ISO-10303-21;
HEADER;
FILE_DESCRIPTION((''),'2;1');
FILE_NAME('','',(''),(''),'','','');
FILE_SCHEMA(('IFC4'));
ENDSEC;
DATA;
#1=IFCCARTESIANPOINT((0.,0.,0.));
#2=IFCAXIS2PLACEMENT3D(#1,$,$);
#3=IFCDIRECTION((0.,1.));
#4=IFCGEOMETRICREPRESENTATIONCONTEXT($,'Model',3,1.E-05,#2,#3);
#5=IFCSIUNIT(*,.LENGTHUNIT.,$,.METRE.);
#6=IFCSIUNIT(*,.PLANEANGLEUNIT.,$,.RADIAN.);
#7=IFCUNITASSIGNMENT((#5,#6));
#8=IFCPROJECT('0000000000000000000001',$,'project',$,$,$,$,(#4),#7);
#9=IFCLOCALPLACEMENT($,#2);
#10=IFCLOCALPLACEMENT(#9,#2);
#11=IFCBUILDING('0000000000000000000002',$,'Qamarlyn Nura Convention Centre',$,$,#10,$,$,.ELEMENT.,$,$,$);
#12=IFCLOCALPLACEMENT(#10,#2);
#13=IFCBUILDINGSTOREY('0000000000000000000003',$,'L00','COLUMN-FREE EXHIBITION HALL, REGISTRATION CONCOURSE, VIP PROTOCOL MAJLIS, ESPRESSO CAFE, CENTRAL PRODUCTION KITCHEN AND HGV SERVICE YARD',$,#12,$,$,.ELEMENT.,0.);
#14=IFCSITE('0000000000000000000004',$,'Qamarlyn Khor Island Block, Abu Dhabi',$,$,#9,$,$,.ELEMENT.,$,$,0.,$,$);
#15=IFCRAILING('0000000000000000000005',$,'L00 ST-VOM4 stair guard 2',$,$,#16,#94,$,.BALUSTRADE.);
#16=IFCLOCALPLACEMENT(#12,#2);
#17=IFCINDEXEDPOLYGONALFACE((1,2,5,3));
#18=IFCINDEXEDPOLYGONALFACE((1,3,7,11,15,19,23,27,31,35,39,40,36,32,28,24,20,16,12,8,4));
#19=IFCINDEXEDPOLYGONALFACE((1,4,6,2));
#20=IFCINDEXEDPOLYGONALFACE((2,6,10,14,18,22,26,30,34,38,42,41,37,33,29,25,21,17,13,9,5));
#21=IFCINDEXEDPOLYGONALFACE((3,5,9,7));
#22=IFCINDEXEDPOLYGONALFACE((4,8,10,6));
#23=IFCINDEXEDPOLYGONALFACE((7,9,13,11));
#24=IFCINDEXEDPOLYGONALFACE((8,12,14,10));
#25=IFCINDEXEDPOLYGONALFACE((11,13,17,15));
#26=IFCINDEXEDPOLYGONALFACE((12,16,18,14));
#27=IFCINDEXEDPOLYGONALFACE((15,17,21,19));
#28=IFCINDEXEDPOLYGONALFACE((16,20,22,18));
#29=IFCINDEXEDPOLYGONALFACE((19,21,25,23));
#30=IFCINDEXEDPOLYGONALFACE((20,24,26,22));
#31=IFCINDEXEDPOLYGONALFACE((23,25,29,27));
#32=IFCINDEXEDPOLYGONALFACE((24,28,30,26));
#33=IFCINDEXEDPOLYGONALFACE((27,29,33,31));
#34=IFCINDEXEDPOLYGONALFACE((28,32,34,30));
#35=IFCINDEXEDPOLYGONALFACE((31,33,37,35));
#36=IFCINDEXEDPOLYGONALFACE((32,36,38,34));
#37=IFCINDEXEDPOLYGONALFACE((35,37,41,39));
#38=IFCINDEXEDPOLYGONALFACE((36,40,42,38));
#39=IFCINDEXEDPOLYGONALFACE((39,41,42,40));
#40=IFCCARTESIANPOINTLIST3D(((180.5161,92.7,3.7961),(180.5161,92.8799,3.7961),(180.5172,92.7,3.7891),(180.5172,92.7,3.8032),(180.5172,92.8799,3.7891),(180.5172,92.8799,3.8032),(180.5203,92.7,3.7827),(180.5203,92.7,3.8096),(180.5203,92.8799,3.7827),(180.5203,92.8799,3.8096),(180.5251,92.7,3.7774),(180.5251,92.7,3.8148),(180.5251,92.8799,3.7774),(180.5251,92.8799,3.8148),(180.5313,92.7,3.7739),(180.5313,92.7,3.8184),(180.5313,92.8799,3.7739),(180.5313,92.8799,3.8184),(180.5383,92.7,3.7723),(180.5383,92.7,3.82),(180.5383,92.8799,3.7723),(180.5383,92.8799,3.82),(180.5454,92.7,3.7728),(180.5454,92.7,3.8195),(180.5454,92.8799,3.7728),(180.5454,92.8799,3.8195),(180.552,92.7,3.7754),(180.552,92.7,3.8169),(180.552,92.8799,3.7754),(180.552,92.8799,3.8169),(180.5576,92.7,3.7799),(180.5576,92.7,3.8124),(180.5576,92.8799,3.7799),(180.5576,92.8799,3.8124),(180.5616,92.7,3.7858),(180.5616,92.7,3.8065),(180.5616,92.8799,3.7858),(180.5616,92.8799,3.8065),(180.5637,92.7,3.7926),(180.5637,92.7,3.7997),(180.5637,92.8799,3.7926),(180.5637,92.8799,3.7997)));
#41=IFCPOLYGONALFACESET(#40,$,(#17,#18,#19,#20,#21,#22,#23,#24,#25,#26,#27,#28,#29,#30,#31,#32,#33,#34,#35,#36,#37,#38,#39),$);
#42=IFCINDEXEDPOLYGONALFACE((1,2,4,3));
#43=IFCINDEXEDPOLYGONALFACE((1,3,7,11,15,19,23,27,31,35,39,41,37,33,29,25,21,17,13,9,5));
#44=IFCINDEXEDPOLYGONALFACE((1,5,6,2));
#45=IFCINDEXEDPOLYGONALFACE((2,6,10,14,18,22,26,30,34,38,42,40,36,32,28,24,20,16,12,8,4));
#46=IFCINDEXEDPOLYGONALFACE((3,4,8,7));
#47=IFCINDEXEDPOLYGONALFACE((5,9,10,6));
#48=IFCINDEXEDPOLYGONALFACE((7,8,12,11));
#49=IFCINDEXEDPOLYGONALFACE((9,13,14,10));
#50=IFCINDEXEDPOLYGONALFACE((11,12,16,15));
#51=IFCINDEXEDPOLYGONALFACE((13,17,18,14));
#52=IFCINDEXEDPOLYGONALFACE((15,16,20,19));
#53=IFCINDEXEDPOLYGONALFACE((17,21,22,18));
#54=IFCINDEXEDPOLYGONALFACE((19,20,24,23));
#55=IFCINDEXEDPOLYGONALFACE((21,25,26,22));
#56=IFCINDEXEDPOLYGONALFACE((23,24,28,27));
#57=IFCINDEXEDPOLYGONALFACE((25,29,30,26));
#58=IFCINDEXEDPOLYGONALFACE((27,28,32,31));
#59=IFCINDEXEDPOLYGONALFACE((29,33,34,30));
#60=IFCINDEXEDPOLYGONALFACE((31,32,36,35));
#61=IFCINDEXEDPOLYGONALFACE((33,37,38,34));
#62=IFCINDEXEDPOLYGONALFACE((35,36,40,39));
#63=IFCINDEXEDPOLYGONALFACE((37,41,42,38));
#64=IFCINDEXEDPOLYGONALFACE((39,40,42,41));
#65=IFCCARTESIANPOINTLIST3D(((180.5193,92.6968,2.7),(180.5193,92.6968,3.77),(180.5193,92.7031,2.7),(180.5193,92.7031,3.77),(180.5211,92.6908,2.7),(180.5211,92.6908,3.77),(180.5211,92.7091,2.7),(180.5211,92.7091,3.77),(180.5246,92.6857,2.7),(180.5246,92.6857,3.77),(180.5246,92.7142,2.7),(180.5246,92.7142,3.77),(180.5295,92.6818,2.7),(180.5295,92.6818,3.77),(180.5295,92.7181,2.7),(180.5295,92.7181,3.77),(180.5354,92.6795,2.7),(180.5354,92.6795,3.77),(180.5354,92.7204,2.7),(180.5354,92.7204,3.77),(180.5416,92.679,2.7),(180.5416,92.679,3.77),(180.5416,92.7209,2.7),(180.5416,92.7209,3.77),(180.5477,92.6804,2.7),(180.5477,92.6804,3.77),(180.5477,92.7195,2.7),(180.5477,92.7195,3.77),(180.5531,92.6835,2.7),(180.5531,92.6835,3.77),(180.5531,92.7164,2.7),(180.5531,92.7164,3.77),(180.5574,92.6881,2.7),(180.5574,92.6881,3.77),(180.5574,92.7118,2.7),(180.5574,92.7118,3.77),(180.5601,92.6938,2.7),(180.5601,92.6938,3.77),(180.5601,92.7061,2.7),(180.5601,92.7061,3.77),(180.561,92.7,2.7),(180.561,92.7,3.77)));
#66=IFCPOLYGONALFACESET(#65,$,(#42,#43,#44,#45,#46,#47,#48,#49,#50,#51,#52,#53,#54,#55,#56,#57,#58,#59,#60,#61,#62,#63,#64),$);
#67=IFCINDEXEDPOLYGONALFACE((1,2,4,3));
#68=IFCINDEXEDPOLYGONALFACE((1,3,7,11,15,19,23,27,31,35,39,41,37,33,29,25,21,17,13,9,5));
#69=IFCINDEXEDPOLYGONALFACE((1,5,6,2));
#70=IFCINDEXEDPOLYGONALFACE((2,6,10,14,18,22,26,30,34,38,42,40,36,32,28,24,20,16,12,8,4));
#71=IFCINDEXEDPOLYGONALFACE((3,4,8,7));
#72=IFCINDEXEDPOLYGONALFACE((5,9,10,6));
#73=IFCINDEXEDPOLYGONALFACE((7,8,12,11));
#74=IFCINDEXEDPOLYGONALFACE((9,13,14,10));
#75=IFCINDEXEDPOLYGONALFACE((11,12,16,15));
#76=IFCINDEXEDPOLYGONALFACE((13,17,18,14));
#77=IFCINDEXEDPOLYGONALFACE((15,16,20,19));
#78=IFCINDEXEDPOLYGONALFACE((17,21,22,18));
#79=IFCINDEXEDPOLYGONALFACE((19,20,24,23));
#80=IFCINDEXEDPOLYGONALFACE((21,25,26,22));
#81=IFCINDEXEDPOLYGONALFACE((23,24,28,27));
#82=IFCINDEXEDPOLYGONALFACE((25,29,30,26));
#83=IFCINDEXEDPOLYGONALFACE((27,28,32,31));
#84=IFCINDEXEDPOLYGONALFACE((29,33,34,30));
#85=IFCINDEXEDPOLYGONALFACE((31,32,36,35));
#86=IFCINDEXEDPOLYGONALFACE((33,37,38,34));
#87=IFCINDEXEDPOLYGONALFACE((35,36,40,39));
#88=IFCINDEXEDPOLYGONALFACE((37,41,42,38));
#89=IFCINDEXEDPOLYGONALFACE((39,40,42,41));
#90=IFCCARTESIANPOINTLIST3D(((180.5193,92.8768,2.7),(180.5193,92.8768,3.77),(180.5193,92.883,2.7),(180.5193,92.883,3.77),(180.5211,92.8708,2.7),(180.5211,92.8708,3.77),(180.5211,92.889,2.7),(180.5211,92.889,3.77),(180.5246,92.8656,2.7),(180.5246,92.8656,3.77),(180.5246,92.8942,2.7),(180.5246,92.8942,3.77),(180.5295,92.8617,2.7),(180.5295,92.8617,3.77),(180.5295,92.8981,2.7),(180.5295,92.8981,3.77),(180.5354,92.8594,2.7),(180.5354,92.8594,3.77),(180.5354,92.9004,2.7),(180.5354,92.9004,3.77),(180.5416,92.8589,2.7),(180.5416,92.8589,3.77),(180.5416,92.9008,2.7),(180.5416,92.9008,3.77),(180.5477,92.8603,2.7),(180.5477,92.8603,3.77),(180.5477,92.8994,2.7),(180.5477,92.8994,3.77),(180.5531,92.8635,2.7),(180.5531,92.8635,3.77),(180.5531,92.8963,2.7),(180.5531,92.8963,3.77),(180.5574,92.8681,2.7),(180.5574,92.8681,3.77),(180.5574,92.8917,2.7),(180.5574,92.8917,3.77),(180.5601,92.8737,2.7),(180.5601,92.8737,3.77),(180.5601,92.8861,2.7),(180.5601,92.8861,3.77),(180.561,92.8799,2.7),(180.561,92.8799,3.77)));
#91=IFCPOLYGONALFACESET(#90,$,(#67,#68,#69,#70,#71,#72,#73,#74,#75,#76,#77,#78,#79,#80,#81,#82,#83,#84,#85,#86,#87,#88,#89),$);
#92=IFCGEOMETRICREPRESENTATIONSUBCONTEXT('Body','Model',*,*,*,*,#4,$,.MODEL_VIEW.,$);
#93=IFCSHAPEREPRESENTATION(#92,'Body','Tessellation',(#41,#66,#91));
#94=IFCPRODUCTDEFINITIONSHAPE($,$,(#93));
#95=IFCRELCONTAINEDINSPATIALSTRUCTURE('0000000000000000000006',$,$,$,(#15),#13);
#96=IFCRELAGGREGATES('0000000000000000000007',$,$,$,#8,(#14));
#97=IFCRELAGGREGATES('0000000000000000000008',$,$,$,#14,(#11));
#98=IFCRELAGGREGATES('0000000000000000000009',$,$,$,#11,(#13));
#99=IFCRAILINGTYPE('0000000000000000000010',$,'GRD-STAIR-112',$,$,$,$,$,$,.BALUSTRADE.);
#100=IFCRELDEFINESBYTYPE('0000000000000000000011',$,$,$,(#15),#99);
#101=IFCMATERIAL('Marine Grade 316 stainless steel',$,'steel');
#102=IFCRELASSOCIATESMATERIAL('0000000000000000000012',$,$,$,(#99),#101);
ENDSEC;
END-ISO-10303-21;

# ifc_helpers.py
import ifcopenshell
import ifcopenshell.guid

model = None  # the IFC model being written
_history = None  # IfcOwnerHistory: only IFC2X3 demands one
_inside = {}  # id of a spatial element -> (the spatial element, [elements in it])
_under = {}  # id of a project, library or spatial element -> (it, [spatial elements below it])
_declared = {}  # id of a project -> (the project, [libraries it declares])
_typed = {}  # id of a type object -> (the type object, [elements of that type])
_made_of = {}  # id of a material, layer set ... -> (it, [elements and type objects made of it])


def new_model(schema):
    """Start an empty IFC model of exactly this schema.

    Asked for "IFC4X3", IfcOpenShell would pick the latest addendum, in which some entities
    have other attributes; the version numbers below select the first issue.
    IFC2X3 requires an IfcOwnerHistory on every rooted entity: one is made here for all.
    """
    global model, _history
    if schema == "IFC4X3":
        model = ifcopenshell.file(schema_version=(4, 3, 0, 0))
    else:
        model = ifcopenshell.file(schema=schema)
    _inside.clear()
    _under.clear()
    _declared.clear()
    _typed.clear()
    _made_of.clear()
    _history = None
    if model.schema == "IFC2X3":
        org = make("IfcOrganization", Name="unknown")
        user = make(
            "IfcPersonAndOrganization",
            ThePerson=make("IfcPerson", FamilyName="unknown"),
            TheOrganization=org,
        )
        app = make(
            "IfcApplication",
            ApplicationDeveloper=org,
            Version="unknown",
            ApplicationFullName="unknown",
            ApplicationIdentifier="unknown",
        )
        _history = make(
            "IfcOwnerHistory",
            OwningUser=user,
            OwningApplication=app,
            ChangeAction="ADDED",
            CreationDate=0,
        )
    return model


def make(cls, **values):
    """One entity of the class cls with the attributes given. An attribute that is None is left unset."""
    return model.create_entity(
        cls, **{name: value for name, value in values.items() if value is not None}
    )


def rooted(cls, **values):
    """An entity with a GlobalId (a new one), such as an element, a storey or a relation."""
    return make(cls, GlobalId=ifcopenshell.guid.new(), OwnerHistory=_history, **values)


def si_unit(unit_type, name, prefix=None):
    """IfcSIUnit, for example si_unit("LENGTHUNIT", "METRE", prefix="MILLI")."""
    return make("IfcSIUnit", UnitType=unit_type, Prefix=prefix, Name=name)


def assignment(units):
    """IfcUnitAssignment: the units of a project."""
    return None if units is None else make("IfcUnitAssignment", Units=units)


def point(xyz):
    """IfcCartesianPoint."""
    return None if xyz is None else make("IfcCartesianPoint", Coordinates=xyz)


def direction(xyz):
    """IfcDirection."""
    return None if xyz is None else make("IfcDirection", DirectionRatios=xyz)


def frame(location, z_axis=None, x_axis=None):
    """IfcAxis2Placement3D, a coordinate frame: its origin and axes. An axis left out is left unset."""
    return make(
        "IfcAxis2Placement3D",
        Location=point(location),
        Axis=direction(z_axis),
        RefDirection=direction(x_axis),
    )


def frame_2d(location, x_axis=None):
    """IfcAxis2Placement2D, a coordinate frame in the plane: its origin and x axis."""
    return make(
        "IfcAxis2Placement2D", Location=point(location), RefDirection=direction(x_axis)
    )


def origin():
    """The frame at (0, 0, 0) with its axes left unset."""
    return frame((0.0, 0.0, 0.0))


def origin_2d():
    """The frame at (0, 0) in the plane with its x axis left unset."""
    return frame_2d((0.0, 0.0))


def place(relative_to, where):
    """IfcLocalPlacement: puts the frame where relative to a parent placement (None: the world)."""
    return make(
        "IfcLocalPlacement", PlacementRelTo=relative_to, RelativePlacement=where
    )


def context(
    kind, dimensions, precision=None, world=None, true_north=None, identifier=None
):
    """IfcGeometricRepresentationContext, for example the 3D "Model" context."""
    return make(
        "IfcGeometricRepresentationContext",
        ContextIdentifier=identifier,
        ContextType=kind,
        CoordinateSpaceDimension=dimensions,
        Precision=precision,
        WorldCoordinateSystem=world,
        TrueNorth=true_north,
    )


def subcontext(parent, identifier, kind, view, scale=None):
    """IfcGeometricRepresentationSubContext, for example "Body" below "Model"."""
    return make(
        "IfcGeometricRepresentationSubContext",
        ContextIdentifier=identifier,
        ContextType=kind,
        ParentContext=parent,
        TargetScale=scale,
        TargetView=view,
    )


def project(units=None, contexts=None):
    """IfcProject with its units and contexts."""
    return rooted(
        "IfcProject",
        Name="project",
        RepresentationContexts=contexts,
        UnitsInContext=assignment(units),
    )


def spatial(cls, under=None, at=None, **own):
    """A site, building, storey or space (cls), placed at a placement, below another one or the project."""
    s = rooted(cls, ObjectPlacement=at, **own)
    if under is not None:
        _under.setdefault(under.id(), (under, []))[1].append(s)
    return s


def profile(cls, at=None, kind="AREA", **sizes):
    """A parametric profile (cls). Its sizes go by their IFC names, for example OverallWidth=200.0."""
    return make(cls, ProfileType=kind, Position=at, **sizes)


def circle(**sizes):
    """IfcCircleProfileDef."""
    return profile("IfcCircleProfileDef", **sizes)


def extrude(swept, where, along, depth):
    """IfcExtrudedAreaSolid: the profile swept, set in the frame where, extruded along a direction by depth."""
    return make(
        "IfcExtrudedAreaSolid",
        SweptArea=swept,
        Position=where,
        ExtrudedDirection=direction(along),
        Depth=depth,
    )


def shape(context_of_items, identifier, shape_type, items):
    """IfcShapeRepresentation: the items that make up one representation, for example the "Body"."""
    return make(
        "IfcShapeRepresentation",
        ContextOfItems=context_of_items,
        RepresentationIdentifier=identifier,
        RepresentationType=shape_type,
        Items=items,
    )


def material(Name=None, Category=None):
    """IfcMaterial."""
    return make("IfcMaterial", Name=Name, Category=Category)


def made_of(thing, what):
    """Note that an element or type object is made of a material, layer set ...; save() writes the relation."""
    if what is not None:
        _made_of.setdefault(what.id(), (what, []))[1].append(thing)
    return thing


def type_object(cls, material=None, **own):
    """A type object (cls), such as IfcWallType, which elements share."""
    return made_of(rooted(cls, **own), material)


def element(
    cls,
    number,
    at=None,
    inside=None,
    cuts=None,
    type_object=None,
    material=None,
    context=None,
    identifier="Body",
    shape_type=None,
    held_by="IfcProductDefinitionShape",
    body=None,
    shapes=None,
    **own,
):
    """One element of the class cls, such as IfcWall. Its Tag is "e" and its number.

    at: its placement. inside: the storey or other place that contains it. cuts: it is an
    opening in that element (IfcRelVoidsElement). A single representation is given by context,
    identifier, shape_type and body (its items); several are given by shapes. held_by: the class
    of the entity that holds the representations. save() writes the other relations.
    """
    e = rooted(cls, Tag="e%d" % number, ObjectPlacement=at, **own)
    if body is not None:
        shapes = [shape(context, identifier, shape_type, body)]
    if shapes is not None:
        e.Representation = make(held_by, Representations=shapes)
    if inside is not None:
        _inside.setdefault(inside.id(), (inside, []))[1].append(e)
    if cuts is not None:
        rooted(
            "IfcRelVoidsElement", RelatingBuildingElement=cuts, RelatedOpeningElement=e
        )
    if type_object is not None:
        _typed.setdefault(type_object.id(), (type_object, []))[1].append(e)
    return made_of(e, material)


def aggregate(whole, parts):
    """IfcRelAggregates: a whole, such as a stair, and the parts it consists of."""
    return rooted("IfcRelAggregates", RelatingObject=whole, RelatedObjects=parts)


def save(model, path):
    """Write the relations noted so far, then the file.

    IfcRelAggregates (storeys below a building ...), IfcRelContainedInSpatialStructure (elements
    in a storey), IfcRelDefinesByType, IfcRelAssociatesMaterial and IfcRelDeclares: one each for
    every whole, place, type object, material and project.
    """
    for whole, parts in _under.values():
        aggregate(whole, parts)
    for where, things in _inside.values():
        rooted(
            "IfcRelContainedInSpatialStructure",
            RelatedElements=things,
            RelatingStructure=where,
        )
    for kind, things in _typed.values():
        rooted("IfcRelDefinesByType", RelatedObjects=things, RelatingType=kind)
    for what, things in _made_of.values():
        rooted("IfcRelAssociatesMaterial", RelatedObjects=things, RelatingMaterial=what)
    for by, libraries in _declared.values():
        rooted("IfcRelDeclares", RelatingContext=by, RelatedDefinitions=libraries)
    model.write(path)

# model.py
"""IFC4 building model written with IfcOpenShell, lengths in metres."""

from ifc_helpers import new_model, si_unit, direction, frame, origin, origin_2d, place, context, subcontext, project, spatial, circle, extrude, material, type_object, element, save


model = new_model("IFC4")

# Units and contexts
model_context = context("Model", 3, precision=1e-05, world=origin(), true_north=direction((0.0, 1.0)))
body_context = subcontext(model_context, "Body", "Model", "MODEL_VIEW")
ifc_project = project(units=[si_unit("LENGTHUNIT", "METRE"), si_unit("PLANEANGLEUNIT", "RADIAN")], contexts=[model_context])

# Site, building, storey
site_placement = place(None, origin())
site = spatial("IfcSite", under=ifc_project, at=site_placement, Name="Qamarlyn Khor Island Block, Abu Dhabi", CompositionType="ELEMENT", RefElevation=0.0)
building_placement = place(site_placement, origin())
building = spatial("IfcBuilding", under=site, at=building_placement, Name="Qamarlyn Nura Convention Centre", CompositionType="ELEMENT")
storey_placement = place(building_placement, origin())
storey = spatial("IfcBuildingStorey", under=building, at=storey_placement, Name="L00", Description="COLUMN-FREE EXHIBITION HALL, REGISTRATION CONCOURSE, VIP PROTOCOL MAJLIS, ESPRESSO CAFE, CENTRAL PRODUCTION KITCHEN AND HGV SERVICE YARD", CompositionType="ELEMENT", Elevation=0.0)

# Railing
ifc_material_1 = material(Name="Marine Grade 316 stainless steel", Category="steel")
railing_type_1 = type_object("IfcRailingType", Name="GRD-STAIR-112", PredefinedType="BALUSTRADE", material=ifc_material_1)
railing_1_placement = place(storey_placement, frame((180.54, 92.7, 2.7)))
element("IfcRailing", 1, at=railing_1_placement, inside=storey, type_object=railing_type_1, Name="L00 ST-VOM4 stair guard 2", PredefinedType="BALUSTRADE", context=body_context, shape_type="SweptSolid", body=[
    extrude(circle(Radius=0.0239, at=origin_2d()), frame((0.0, 0.0, 1.0962), z_axis=(0.0, 1.0, 0.0), x_axis=(-1.0, 0.0, 0.0)), (0.0, 0.0, 1.0), 0.1799),
    extrude(circle(Radius=0.021, at=origin_2d()), origin(), (0.0, 0.0, 1.0), 1.0701),
    extrude(circle(Radius=0.021, at=origin_2d()), frame((0.0, 0.1799, 0.0)), (0.0, 0.0, 1.0), 1.0701),
])

save(model, "model.ifc")
